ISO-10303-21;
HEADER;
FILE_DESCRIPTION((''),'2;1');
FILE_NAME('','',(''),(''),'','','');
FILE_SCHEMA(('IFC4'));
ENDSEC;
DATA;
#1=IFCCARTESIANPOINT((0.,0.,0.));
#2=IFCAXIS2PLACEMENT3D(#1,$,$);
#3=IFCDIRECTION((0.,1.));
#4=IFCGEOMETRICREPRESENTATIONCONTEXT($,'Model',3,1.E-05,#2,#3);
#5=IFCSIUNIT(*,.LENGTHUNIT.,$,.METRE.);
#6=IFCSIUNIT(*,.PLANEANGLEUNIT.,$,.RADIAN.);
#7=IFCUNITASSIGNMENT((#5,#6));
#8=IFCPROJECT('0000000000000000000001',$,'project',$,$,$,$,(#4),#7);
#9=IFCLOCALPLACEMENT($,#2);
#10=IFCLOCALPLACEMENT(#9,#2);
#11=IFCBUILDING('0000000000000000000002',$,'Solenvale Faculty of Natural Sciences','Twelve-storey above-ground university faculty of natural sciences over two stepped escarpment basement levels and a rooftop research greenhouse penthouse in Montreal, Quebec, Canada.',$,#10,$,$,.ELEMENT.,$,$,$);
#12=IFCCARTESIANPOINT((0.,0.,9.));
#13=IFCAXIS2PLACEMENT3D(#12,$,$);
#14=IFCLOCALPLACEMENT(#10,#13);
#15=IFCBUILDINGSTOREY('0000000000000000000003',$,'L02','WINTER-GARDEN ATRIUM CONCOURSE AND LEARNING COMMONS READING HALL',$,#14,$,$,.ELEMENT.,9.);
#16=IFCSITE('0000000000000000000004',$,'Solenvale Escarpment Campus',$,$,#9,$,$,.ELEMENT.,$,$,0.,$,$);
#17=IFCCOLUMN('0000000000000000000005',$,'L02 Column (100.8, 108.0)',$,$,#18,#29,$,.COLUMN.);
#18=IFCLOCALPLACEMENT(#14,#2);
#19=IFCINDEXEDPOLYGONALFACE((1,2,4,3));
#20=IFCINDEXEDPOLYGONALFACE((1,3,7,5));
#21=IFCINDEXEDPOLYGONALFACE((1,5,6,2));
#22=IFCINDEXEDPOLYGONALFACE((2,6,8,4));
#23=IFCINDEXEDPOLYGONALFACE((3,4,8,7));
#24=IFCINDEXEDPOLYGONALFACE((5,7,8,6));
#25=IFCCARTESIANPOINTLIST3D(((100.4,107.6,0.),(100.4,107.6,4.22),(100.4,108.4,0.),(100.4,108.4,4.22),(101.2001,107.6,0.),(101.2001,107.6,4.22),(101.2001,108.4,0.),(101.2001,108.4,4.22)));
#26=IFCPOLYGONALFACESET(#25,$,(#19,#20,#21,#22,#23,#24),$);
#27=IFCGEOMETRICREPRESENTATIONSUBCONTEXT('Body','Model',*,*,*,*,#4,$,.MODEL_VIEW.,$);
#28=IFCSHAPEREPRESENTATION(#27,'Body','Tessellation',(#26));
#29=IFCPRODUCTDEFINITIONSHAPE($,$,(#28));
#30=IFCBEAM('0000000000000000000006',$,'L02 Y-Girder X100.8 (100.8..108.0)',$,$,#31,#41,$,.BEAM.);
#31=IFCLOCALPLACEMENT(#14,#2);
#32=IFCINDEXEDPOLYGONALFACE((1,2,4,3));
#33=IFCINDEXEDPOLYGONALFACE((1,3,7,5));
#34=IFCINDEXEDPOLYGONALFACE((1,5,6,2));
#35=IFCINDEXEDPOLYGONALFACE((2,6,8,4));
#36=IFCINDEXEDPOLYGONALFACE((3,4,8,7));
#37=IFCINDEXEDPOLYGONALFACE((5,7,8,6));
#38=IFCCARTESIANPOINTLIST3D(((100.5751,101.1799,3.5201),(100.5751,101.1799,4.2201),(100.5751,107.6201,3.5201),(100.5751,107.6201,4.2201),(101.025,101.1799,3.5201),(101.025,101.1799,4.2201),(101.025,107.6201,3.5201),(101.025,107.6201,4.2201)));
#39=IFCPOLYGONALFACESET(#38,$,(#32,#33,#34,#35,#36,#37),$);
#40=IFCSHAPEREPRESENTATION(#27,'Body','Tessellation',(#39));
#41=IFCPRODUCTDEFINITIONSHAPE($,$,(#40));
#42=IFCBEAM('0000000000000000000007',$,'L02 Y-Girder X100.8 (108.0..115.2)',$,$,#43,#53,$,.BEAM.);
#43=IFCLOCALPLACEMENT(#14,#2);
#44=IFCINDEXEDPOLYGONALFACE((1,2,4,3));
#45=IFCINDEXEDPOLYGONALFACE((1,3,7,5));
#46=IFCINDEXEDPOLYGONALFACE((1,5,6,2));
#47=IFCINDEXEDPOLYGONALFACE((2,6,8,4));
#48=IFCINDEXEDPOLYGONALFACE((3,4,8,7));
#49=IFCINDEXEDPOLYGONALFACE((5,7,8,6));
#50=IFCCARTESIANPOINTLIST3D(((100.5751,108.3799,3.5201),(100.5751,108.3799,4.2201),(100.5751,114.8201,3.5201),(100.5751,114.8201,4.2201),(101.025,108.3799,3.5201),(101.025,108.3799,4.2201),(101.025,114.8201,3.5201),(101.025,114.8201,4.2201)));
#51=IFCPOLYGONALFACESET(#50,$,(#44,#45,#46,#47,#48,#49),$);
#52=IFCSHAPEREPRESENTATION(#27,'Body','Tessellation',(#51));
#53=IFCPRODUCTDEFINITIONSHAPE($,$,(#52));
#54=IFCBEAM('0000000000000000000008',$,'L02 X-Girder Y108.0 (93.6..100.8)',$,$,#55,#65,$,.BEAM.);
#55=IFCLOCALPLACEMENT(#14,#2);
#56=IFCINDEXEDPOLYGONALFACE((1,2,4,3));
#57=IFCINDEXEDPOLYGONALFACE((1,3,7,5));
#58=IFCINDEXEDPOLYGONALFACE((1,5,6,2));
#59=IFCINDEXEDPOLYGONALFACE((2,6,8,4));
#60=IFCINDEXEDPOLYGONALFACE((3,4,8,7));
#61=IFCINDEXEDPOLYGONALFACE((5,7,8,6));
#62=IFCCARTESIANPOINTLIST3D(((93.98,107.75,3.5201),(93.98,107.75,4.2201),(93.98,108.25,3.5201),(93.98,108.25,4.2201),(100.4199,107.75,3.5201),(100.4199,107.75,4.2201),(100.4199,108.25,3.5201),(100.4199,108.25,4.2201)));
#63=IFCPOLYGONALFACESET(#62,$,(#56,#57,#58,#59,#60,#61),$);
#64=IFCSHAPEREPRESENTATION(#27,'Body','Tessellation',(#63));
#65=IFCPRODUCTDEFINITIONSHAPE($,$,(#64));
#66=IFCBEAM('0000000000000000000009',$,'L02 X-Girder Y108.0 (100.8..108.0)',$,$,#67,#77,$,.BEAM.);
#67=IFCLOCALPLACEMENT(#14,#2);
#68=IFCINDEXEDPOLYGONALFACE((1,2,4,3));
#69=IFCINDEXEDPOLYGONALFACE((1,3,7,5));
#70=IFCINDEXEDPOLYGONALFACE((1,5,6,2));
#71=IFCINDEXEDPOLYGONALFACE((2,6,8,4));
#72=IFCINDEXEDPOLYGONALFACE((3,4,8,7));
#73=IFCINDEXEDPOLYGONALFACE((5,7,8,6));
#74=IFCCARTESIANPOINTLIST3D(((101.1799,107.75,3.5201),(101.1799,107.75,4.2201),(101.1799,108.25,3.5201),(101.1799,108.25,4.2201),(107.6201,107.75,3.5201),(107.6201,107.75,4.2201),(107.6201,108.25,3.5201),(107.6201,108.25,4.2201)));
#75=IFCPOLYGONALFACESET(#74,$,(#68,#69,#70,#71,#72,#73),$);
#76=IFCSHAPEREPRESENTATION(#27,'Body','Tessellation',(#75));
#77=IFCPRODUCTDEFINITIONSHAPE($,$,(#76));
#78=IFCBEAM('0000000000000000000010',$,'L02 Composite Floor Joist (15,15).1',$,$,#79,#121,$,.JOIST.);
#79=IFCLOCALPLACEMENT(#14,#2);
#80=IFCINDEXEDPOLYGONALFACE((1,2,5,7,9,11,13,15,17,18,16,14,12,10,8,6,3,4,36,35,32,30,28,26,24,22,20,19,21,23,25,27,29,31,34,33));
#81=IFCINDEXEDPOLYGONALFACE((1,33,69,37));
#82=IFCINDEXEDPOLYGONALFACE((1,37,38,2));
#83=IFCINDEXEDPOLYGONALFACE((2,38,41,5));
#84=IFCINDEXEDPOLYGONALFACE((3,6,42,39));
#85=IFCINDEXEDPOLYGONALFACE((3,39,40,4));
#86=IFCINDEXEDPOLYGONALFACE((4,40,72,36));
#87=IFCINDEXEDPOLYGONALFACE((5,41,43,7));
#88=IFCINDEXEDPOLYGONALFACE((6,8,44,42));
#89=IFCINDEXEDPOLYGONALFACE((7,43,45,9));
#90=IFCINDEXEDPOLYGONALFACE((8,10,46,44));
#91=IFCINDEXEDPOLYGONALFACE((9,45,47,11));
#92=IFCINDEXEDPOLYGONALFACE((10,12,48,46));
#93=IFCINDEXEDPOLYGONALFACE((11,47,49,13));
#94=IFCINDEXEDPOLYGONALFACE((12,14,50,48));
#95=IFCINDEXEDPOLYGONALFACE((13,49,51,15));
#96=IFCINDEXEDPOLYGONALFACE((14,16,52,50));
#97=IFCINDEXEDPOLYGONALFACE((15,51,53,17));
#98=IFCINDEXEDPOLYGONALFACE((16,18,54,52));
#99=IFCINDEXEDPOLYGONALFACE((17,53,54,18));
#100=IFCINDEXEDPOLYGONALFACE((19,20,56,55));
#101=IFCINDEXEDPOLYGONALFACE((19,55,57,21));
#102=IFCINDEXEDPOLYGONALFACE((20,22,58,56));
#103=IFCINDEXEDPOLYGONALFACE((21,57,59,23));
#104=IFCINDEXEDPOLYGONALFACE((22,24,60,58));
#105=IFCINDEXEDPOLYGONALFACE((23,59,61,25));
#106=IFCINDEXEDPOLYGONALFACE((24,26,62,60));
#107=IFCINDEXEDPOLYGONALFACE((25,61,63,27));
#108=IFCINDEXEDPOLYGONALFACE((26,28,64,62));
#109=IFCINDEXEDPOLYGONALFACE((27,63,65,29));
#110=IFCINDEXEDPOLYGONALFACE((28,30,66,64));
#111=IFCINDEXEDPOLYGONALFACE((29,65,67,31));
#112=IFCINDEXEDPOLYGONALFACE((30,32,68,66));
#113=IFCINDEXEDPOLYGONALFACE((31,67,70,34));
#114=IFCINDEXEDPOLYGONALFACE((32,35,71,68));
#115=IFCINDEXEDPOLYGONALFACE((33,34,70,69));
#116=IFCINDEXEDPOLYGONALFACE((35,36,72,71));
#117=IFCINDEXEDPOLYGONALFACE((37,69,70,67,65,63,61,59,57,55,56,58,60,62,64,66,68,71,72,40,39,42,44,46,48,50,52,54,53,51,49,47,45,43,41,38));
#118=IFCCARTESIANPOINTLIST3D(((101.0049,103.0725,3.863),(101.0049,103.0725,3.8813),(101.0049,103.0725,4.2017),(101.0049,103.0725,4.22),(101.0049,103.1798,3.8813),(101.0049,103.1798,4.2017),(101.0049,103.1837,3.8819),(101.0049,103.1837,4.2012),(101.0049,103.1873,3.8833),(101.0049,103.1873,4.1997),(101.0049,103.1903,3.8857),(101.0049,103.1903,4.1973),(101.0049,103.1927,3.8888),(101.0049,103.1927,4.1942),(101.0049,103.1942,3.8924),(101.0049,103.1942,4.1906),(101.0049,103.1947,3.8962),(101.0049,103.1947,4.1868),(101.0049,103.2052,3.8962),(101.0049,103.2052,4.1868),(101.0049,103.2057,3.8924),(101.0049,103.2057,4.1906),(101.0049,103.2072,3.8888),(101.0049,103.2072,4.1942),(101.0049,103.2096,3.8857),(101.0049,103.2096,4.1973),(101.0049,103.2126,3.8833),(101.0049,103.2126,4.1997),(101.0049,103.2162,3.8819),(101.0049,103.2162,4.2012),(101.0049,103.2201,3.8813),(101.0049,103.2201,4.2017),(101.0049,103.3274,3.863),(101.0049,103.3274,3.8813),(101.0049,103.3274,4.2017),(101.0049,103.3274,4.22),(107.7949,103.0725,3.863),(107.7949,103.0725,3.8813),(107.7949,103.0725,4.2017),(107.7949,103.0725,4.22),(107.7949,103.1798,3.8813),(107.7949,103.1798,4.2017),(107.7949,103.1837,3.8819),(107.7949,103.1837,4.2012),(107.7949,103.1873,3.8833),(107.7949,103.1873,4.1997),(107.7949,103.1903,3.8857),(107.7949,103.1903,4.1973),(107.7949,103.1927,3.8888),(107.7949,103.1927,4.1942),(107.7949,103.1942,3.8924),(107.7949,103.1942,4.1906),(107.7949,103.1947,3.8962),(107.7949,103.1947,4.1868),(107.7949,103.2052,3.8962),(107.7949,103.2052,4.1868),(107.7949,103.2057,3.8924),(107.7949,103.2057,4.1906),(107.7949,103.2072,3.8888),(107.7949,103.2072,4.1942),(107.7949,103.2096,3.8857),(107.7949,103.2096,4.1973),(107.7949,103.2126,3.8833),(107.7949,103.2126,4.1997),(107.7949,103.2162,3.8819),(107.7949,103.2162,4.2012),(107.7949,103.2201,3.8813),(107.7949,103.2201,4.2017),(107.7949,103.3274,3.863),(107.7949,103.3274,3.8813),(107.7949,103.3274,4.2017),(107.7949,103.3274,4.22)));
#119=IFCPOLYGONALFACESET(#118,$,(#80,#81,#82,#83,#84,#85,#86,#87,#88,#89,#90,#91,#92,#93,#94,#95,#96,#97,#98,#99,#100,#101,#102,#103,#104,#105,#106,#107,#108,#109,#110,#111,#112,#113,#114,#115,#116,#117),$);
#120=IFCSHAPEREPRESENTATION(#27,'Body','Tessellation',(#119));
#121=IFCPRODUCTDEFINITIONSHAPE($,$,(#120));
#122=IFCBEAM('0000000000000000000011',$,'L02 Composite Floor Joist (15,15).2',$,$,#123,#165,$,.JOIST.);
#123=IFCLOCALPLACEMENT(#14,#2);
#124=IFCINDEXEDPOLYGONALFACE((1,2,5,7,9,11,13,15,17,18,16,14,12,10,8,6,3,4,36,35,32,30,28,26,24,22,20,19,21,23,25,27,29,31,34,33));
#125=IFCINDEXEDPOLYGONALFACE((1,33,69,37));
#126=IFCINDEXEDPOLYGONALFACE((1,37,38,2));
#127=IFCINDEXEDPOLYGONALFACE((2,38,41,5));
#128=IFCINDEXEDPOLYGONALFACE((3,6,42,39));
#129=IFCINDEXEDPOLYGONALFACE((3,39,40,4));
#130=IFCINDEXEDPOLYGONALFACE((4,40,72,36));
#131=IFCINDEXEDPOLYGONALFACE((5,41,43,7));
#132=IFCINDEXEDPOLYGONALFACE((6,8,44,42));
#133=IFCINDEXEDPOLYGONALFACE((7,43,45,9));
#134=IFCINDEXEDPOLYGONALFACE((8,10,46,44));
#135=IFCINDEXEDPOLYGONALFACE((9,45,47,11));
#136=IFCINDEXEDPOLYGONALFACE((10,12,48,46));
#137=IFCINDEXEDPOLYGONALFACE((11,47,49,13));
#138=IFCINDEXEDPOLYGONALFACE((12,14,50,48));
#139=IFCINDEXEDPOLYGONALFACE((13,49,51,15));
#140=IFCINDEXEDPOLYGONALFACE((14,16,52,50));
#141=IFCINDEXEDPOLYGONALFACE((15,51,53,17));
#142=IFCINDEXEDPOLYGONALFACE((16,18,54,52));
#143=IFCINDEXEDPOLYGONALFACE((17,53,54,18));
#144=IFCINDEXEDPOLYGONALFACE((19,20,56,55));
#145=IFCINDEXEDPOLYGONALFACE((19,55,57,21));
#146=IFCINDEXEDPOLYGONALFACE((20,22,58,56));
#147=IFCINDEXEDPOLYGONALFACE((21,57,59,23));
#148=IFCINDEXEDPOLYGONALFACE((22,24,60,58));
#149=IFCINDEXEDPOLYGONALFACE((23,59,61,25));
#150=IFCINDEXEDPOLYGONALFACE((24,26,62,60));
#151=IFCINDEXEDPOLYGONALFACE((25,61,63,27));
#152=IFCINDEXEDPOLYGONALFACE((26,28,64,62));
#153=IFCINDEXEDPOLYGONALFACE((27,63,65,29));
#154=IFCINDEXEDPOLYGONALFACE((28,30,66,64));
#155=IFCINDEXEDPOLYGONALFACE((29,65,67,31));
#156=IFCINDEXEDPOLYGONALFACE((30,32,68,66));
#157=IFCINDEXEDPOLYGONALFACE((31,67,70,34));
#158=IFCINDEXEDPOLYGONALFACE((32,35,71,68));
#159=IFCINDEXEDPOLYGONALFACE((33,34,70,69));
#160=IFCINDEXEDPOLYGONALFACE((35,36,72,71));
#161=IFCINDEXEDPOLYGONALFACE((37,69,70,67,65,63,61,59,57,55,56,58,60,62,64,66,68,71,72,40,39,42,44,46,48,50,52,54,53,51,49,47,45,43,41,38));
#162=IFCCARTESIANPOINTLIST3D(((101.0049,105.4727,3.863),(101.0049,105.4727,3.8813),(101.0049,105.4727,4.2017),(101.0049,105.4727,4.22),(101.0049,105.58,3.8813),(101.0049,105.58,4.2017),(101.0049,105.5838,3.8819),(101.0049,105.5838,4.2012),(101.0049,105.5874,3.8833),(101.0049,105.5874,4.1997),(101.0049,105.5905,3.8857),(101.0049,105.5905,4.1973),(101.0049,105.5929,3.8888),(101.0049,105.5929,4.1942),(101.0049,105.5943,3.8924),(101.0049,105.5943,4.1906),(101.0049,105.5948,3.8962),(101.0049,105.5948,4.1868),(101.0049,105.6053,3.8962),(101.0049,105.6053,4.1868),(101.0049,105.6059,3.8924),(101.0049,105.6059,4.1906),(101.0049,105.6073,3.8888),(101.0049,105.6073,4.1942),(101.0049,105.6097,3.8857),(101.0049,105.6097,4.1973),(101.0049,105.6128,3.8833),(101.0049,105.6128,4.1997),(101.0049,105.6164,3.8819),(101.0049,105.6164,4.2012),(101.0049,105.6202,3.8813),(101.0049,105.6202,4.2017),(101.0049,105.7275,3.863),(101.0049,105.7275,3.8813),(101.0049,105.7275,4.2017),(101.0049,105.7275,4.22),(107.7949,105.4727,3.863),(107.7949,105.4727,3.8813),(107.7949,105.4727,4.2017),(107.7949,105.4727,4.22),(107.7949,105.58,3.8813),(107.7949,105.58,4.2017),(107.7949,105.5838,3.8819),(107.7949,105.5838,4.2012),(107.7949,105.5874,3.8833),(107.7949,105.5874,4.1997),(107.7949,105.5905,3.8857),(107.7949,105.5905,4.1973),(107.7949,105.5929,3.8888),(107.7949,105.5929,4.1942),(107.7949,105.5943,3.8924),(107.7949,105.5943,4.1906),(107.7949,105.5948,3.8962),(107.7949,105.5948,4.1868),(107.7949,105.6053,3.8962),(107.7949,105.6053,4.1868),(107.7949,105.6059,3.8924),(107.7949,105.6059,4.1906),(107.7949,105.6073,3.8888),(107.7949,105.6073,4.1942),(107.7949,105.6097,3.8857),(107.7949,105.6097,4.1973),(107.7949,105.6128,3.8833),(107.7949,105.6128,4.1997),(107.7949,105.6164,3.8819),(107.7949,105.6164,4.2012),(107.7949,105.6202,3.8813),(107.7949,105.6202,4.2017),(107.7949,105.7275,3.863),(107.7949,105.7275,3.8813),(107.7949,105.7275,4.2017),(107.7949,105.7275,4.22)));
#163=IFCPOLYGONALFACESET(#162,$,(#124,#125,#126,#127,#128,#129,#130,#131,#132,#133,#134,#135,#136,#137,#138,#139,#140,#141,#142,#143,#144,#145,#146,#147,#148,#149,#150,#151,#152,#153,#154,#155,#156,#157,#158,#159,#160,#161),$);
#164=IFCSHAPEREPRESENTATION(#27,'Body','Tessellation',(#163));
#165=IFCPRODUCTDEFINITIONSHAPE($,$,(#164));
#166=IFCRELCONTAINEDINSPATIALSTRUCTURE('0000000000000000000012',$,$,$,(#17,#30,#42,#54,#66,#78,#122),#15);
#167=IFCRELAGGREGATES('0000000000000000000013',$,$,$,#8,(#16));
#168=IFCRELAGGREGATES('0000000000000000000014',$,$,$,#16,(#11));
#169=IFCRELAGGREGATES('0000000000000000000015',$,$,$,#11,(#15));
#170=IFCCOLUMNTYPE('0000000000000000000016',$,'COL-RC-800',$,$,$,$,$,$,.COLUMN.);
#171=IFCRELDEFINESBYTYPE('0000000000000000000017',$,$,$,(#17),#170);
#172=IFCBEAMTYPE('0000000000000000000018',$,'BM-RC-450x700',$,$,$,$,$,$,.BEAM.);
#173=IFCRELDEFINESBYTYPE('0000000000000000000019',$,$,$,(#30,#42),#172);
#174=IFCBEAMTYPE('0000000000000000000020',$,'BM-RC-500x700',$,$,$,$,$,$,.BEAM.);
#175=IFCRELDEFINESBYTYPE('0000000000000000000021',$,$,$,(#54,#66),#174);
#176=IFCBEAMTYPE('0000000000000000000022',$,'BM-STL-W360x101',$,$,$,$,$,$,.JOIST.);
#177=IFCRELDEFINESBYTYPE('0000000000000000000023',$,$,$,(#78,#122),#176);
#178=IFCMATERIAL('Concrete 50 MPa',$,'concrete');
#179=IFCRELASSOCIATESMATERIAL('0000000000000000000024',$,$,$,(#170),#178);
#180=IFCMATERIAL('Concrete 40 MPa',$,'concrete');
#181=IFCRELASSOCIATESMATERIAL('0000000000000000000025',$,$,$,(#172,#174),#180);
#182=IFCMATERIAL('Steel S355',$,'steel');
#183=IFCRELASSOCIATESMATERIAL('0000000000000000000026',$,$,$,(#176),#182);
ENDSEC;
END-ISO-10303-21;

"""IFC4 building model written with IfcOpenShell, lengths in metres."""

from ifc_helpers import new_model, si_unit, direction, frame, origin, origin_2d, place, context, subcontext, project, spatial, rectangle, i_section, extrude, material, material_profile, profile_set, type_object, element, save


model = new_model("IFC4")

# Units and contexts
model_context = context("Model", 3, precision=1e-05, world=origin(), true_north=direction((0.0, 1.0)))
body_context = subcontext(model_context, "Body", "Model", "MODEL_VIEW")
ifc_project = project(units=[si_unit("LENGTHUNIT", "METRE"), si_unit("PLANEANGLEUNIT", "RADIAN")], contexts=[model_context])

# Site, building, storey
site_placement = place(None, origin())
site = spatial("IfcSite", under=ifc_project, at=site_placement, Name="Solenvale Escarpment Campus", CompositionType="ELEMENT", RefElevation=0.0)
building_placement = place(site_placement, origin())
building = spatial("IfcBuilding", under=site, at=building_placement, Name="Solenvale Faculty of Natural Sciences", Description="Twelve-storey above-ground university faculty of natural sciences over two stepped escarpment basement levels and a rooftop research greenhouse penthouse in Montreal, Quebec, Canada.", CompositionType="ELEMENT")
storey_placement = place(building_placement, frame((0.0, 0.0, 9.0)))
storey = spatial("IfcBuildingStorey", under=building, at=storey_placement, Name="L02", Description="WINTER-GARDEN ATRIUM CONCOURSE AND LEARNING COMMONS READING HALL", CompositionType="ELEMENT", Elevation=9.0)

# Column
ifc_material_1 = material(Name="Concrete 50 MPa", Category="concrete")
ifc_material_profile_1 = material_profile(ifc_material_1, rectangle(XDim=0.8, YDim=0.8, at=origin_2d()), Name="RC-COL-800x800")
ifc_profile_set_1 = profile_set([ifc_material_profile_1], Name="Concrete 50 MPa")
column_type = type_object("IfcColumnType", Name="COL-RC-800", PredefinedType="COLUMN", material=ifc_profile_set_1)
column_placement = place(storey_placement, frame((100.8, 108.0, 0.0), z_axis=(0.0, 0.0, 1.0), x_axis=(1.0, 0.0, 0.0)))
element("IfcColumn", 1, at=column_placement, inside=storey, type_object=column_type, Name="L02 Column (100.8, 108.0)", PredefinedType="COLUMN", context=body_context, shape_type="SweptSolid", body=[
    extrude(rectangle(XDim=0.8, YDim=0.8, at=origin_2d()), origin(), (0.0, 0.0, 1.0), 4.22),
])

# Beams
ifc_material_2 = material(Name="Concrete 40 MPa", Category="concrete")
ifc_material_profile_2 = material_profile(ifc_material_2, rectangle(XDim=0.45, YDim=0.7, at=origin_2d()), Name="RC-BM-450x700")
ifc_profile_set_2 = profile_set([ifc_material_profile_2], Name="Concrete 40 MPa")
beam_type_1 = type_object("IfcBeamType", Name="BM-RC-450x700", PredefinedType="BEAM", material=ifc_profile_set_2)
for number, where, z_axis, x_axis, name in (
    (2, (100.8, 101.1799, 3.8701), (0.0, 1.0, 0.0), (-1.0, 0.0, 0.0), "L02 Y-Girder X100.8 (100.8..108.0)"),
    (3, (100.8, 108.3799, 3.8701), (0.0, 1.0, 0.0), (-1.0, 0.0, 0.0), "L02 Y-Girder X100.8 (108.0..115.2)"),
):
    element("IfcBeam", number, at=place(storey_placement, frame(where, z_axis=z_axis, x_axis=x_axis)), inside=storey, type_object=beam_type_1, Name=name, PredefinedType="BEAM", context=body_context, shape_type="SweptSolid", body=[
        extrude(rectangle(XDim=0.45, YDim=0.7, at=origin_2d()), origin(), (0.0, 0.0, 1.0), 6.4402),
    ])
ifc_material_profile_3 = material_profile(ifc_material_2, rectangle(XDim=0.5, YDim=0.7, at=origin_2d()), Name="RC-BM-500x700")
ifc_profile_set_3 = profile_set([ifc_material_profile_3], Name="Concrete 40 MPa")
beam_type_2 = type_object("IfcBeamType", Name="BM-RC-500x700", PredefinedType="BEAM", material=ifc_profile_set_3)
beam_1_placement = place(storey_placement, frame((93.98, 108.0, 3.8701), z_axis=(1.0, 0.0, 0.0), x_axis=(0.0, 1.0, 0.0)))
element("IfcBeam", 4, at=beam_1_placement, inside=storey, type_object=beam_type_2, Name="L02 X-Girder Y108.0 (93.6..100.8)", PredefinedType="BEAM", context=body_context, shape_type="SweptSolid", body=[
    extrude(rectangle(XDim=0.5, YDim=0.7, at=origin_2d()), origin(), (0.0, 0.0, 1.0), 6.4399),
])
beam_2_placement = place(storey_placement, frame((101.1799, 108.0, 3.8701), z_axis=(1.0, 0.0, 0.0), x_axis=(0.0, 1.0, 0.0)))
element("IfcBeam", 5, at=beam_2_placement, inside=storey, type_object=beam_type_2, Name="L02 X-Girder Y108.0 (100.8..108.0)", PredefinedType="BEAM", context=body_context, shape_type="SweptSolid", body=[
    extrude(rectangle(XDim=0.5, YDim=0.7, at=origin_2d()), origin(), (0.0, 0.0, 1.0), 6.4402),
])
ifc_material_3 = material(Name="Steel S355", Category="steel")
ifc_material_profile_4 = material_profile(ifc_material_3, i_section(OverallWidth=0.2549, OverallDepth=0.3569, WebThickness=0.0105, FlangeThickness=0.0183, FilletRadius=0.0149, at=origin_2d()), Name="W360x101")
ifc_profile_set_4 = profile_set([ifc_material_profile_4], Name="Steel S355")
beam_type_3 = type_object("IfcBeamType", Name="BM-STL-W360x101", PredefinedType="JOIST", material=ifc_profile_set_4)
for number, where, z_axis, x_axis, name in (
    (6, (101.0049, 103.2, 4.0415), (1.0, 0.0, 0.0), (0.0, 1.0, 0.0), "L02 Composite Floor Joist (15,15).1"),
    (7, (101.0049, 105.6001, 4.0415), (1.0, 0.0, 0.0), (0.0, 1.0, 0.0), "L02 Composite Floor Joist (15,15).2"),
):
    element("IfcBeam", number, at=place(storey_placement, frame(where, z_axis=z_axis, x_axis=x_axis)), inside=storey, type_object=beam_type_3, Name=name, PredefinedType="JOIST", context=body_context, shape_type="SweptSolid", body=[
        extrude(i_section(OverallWidth=0.2549, OverallDepth=0.3569, WebThickness=0.0105, FlangeThickness=0.0183, FilletRadius=0.0149, at=origin_2d()), origin(), (0.0, 0.0, 1.0), 6.79),
    ])

save(model, "model.ifc")
